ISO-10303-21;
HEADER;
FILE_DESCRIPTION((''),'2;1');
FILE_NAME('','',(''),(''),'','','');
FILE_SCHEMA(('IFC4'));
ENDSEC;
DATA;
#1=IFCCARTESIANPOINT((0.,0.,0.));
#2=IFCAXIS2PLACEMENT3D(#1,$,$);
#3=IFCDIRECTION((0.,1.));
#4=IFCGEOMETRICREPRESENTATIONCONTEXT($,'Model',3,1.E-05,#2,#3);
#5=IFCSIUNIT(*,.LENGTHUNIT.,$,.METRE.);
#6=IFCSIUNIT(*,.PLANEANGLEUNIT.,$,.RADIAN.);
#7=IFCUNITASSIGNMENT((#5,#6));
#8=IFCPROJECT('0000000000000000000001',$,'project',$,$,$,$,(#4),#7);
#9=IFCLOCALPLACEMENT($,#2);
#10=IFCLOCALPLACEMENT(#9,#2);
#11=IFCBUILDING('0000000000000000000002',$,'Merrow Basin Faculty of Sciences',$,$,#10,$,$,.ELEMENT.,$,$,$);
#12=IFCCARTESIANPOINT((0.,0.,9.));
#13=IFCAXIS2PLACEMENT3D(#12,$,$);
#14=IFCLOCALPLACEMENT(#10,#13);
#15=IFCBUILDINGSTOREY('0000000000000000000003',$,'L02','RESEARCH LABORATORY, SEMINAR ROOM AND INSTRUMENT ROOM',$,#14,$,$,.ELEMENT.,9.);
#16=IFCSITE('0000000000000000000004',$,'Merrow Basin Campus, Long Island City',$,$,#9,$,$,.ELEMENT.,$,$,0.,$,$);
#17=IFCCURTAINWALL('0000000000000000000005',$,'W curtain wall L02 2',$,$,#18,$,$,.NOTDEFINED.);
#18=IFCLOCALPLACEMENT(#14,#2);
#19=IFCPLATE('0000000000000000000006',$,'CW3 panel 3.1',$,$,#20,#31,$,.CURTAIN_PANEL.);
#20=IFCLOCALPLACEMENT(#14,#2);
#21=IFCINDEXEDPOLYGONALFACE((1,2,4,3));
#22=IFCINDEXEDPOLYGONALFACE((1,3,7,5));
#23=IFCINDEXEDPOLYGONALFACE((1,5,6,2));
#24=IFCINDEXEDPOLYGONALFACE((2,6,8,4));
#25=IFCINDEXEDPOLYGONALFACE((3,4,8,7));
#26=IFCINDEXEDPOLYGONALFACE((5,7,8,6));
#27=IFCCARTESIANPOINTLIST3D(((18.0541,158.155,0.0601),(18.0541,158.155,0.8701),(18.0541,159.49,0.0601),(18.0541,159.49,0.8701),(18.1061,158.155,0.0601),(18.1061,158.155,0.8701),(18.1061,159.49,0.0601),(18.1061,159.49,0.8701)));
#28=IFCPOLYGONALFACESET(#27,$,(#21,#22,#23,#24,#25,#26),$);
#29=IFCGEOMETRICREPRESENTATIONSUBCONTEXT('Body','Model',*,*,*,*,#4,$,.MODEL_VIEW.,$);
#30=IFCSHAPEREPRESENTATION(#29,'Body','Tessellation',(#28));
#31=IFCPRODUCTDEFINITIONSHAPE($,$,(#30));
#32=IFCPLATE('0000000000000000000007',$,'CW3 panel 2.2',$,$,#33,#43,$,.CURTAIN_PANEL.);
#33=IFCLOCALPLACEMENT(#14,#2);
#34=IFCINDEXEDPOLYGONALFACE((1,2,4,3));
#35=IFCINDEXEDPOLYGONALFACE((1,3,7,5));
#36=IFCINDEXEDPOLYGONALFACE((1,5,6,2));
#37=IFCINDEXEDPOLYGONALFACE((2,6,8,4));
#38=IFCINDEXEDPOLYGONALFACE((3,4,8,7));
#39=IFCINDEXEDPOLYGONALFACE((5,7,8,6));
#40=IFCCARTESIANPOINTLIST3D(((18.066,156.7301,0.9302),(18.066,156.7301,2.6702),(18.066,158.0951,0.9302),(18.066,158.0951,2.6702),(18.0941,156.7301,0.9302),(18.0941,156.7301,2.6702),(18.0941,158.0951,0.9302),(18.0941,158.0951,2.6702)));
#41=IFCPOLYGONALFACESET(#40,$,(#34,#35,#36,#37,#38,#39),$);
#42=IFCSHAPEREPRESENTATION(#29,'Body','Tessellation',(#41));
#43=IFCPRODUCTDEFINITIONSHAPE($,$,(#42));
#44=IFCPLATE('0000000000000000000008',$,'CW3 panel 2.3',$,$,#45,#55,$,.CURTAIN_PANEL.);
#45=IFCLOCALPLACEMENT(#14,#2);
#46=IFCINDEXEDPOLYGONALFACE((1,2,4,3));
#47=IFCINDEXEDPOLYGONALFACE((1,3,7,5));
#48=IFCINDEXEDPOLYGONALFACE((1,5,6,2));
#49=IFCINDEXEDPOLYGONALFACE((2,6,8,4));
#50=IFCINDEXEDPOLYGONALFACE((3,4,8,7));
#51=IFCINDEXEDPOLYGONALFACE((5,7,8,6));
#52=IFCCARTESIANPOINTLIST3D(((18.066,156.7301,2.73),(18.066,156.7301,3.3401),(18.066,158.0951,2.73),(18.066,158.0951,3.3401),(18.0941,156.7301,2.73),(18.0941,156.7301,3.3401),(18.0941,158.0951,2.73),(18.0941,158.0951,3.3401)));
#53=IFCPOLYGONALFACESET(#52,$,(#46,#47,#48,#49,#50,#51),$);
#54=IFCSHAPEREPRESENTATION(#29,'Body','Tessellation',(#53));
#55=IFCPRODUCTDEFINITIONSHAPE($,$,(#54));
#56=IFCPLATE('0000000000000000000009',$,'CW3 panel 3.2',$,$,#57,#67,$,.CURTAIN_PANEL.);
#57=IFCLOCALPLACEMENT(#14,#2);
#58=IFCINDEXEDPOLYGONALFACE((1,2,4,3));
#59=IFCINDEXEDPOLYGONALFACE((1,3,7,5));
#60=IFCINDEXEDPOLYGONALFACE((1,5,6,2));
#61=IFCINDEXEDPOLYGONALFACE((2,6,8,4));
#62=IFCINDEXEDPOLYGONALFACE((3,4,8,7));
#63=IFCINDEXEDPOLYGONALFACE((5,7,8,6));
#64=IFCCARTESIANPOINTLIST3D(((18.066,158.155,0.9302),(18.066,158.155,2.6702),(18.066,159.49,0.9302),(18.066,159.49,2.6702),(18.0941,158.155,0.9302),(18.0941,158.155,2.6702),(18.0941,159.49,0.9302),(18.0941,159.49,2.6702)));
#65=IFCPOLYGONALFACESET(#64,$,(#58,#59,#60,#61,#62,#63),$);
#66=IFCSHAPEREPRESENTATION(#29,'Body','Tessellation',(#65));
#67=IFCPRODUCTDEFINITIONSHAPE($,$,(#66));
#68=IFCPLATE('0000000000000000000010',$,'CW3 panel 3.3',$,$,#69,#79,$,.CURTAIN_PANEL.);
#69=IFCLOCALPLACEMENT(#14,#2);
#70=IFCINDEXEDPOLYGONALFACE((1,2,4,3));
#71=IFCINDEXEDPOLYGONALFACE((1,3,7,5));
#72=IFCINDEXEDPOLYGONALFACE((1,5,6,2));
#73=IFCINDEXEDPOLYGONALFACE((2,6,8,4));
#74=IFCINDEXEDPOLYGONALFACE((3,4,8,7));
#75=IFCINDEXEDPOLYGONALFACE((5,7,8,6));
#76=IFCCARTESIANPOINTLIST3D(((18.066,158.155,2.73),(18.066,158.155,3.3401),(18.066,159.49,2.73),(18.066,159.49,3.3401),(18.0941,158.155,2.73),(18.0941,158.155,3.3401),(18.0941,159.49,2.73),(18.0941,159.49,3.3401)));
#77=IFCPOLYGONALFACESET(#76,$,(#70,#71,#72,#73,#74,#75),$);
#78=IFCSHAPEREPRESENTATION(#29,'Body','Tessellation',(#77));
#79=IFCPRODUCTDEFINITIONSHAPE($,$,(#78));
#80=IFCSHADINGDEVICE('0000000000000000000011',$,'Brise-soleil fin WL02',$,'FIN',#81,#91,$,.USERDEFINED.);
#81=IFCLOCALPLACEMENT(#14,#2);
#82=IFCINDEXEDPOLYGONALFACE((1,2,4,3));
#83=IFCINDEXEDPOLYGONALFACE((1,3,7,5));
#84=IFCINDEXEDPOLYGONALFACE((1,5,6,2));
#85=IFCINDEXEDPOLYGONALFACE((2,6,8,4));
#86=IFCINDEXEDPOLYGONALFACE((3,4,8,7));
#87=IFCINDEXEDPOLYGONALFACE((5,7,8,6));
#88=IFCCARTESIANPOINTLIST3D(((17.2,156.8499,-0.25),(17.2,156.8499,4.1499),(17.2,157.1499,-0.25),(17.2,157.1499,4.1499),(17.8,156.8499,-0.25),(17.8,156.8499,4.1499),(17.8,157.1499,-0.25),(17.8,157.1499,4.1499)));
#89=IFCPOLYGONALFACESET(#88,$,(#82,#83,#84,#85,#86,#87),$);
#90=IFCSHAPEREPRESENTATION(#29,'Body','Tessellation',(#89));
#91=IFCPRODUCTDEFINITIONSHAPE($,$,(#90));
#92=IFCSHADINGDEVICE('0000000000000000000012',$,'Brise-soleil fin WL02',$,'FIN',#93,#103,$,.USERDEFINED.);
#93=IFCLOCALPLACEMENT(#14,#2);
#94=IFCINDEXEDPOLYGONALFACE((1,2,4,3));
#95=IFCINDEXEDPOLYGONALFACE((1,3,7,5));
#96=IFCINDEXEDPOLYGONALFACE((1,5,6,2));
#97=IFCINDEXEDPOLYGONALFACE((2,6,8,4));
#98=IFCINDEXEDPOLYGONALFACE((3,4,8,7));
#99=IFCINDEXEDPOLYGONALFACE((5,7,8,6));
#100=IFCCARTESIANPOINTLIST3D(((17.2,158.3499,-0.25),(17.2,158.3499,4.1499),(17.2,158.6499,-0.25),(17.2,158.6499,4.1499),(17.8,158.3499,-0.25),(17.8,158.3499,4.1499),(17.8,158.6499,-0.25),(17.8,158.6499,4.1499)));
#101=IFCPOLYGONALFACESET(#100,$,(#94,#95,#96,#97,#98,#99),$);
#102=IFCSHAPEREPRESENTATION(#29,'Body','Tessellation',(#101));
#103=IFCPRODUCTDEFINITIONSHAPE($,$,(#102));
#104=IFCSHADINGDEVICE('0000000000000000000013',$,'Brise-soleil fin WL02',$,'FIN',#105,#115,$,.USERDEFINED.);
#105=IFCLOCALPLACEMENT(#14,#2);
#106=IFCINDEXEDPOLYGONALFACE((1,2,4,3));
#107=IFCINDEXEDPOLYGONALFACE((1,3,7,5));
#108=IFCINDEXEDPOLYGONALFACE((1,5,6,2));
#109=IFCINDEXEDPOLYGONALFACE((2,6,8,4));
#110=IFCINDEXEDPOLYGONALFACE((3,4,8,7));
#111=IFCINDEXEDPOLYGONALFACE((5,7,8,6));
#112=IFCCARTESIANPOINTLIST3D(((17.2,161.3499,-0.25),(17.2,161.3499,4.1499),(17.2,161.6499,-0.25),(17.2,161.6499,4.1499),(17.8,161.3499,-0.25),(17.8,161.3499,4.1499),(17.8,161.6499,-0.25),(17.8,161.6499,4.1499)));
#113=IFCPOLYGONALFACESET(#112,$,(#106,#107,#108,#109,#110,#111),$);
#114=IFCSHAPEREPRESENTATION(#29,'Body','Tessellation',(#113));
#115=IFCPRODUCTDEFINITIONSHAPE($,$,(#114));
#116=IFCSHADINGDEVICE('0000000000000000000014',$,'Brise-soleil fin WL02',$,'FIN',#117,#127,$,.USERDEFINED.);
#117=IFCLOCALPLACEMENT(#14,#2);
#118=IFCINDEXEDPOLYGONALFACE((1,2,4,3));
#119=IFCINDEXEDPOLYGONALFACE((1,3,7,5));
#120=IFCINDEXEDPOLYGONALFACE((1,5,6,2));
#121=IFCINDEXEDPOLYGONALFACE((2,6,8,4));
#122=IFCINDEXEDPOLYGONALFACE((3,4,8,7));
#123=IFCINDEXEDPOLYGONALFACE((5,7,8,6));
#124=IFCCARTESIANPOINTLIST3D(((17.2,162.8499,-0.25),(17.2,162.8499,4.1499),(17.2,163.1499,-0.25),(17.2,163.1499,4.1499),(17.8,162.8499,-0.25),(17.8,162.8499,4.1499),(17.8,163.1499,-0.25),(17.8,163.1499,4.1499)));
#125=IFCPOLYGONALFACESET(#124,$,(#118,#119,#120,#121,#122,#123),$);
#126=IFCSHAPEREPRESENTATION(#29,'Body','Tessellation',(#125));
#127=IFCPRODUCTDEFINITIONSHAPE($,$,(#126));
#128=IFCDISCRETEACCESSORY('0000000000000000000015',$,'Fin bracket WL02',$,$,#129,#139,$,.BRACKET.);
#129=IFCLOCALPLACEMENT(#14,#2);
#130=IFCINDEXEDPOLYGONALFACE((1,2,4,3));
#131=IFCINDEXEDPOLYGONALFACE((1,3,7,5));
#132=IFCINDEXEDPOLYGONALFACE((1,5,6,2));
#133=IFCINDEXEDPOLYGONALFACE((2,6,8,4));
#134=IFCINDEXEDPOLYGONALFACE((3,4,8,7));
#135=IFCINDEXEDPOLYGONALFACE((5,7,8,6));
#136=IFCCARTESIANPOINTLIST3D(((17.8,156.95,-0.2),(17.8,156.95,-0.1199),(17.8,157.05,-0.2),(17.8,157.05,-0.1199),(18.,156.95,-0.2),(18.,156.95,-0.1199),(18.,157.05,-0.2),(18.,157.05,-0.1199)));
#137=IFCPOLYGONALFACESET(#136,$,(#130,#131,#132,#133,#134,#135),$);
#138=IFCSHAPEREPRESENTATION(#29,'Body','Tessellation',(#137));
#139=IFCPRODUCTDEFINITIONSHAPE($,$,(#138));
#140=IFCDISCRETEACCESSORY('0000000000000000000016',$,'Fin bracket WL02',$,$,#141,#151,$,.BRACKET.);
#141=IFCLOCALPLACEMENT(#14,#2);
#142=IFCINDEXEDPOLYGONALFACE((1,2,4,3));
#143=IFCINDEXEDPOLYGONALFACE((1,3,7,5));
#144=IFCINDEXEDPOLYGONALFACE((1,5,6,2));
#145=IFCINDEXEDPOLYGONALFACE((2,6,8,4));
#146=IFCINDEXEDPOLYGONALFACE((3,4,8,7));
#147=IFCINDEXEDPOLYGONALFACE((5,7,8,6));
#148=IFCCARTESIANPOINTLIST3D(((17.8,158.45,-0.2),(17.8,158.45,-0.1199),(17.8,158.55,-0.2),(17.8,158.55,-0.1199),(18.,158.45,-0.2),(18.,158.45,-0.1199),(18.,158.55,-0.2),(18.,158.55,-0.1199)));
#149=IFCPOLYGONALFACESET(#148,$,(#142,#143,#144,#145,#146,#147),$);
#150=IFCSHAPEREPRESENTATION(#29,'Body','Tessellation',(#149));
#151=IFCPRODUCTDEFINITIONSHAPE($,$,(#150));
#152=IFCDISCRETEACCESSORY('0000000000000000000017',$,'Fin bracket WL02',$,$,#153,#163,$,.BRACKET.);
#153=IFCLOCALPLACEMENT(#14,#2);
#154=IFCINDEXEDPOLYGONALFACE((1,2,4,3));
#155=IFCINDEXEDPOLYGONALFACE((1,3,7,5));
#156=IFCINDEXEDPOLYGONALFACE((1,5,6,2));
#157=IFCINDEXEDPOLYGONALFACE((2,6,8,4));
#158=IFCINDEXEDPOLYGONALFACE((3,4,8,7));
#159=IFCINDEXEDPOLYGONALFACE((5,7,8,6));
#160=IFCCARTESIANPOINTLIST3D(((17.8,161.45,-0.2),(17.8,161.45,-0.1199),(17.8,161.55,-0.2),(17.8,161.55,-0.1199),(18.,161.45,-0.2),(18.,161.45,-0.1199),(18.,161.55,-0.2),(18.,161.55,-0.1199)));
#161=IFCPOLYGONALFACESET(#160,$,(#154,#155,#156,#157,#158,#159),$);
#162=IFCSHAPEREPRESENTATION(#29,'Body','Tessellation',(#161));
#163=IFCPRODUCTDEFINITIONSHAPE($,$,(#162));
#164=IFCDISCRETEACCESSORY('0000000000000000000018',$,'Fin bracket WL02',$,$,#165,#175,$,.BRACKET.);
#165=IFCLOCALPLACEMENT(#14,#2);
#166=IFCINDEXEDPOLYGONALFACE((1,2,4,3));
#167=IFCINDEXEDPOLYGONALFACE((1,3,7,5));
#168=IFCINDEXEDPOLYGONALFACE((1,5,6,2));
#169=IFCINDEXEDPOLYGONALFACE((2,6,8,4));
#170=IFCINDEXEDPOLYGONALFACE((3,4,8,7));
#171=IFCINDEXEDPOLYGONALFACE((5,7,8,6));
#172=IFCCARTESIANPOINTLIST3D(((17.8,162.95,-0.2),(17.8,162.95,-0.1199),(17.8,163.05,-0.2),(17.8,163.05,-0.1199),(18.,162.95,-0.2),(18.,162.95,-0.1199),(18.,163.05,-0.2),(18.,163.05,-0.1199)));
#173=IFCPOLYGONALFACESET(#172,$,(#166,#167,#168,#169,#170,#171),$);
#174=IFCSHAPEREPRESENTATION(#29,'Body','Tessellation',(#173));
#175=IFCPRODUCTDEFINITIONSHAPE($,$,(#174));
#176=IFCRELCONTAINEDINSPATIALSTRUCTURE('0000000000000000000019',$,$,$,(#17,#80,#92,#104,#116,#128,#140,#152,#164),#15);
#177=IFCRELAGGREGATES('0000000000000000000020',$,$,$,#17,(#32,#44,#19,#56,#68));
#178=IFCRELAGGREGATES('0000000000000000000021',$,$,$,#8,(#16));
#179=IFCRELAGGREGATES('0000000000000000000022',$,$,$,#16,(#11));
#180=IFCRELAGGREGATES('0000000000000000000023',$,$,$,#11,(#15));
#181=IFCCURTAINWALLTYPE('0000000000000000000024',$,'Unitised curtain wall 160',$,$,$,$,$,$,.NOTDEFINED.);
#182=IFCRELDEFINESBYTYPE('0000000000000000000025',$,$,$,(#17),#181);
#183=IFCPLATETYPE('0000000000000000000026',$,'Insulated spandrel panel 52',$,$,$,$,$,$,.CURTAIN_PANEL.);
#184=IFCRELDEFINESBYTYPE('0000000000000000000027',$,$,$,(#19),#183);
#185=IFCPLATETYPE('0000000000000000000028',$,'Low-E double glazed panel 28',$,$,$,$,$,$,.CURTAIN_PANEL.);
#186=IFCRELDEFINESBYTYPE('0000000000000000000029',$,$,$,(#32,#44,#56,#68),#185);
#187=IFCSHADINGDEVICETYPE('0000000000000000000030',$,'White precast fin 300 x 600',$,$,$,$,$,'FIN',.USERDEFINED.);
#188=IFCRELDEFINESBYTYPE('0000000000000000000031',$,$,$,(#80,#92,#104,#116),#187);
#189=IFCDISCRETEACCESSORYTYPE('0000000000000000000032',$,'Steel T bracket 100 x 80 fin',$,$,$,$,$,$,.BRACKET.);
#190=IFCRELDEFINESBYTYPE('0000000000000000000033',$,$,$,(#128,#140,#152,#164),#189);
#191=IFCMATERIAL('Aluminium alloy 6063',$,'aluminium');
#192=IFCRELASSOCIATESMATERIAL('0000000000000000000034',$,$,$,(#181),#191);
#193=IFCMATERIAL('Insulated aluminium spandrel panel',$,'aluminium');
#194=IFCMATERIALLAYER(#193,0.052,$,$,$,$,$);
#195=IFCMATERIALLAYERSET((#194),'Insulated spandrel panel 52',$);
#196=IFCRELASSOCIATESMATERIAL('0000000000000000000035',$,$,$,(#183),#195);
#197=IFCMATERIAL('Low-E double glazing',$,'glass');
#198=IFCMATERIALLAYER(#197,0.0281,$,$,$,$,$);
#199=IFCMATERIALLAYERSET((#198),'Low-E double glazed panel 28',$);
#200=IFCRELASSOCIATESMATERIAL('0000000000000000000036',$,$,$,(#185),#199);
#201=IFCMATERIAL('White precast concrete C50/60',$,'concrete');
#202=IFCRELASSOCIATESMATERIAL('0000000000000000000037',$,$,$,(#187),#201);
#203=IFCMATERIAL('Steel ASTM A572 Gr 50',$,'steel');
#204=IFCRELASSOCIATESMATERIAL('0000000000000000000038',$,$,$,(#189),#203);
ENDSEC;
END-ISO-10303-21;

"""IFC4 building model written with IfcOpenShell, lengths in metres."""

from ifc_helpers import new_model, si_unit, direction, frame, origin, origin_2d, place, context, subcontext, project, spatial, polyline, rectangle, outline, extrude, source, transform, mapped, material, layer, layer_set, type_object, element, aggregate, save


model = new_model("IFC4")

# Units and contexts
model_context = context("Model", 3, precision=1e-05, world=origin(), true_north=direction((0.0, 1.0)))
body_context = subcontext(model_context, "Body", "Model", "MODEL_VIEW")
ifc_project = project(units=[si_unit("LENGTHUNIT", "METRE"), si_unit("PLANEANGLEUNIT", "RADIAN")], contexts=[model_context])

# Site, building, storey
site_placement = place(None, origin())
site = spatial("IfcSite", under=ifc_project, at=site_placement, Name="Merrow Basin Campus, Long Island City", CompositionType="ELEMENT", RefElevation=0.0)
building_placement = place(site_placement, origin())
building = spatial("IfcBuilding", under=site, at=building_placement, Name="Merrow Basin Faculty of Sciences", CompositionType="ELEMENT")
storey_placement = place(building_placement, frame((0.0, 0.0, 9.0)))
storey = spatial("IfcBuildingStorey", under=building, at=storey_placement, Name="L02", Description="RESEARCH LABORATORY, SEMINAR ROOM AND INSTRUMENT ROOM", CompositionType="ELEMENT", Elevation=9.0)

# Curtain wall
ifc_material_1 = material(Name="Aluminium alloy 6063", Category="aluminium")
curtain_wall_type = type_object("IfcCurtainWallType", Name="Unitised curtain wall 160", PredefinedType="NOTDEFINED", material=ifc_material_1)
curtain_wall_1_placement = place(storey_placement, origin())
curtain_wall_1 = element("IfcCurtainWall", 1, at=curtain_wall_1_placement, inside=storey, type_object=curtain_wall_type, Name="W curtain wall L02 2", PredefinedType="NOTDEFINED")

# Plates
ifc_material_2 = material(Name="Insulated aluminium spandrel panel", Category="aluminium")
ifc_layer_1 = layer(ifc_material_2, 0.052)
ifc_layer_set_1 = layer_set([ifc_layer_1], Name="Insulated spandrel panel 52")
plate_type_1 = type_object("IfcPlateType", Name="Insulated spandrel panel 52", PredefinedType="CURTAIN_PANEL", material=ifc_layer_set_1)
plate_1_placement = place(storey_placement, frame((18.0801, 158.8225, 0.0601), z_axis=(0.0, 0.0, 1.0), x_axis=(0.0, 1.0, 0.0)))
plate_1 = element("IfcPlate", 2, at=plate_1_placement, type_object=plate_type_1, Name="CW3 panel 3.1", PredefinedType="CURTAIN_PANEL", context=body_context, shape_type="SweptSolid", body=[
    extrude(rectangle(XDim=1.335, YDim=0.052, at=origin_2d()), origin(), (0.0, 0.0, 1.0), 0.8101),
])
ifc_material_3 = material(Name="Low-E double glazing", Category="glass")
ifc_layer_2 = layer(ifc_material_3, 0.0281)
ifc_layer_set_2 = layer_set([ifc_layer_2], Name="Low-E double glazed panel 28")
plate_type_2 = type_object("IfcPlateType", Name="Low-E double glazed panel 28", PredefinedType="CURTAIN_PANEL", material=ifc_layer_set_2)
plate_2_placement = place(storey_placement, frame((18.0801, 157.4126, 0.9302), z_axis=(0.0, 0.0, 1.0), x_axis=(0.0, 1.0, 0.0)))
plate_2 = element("IfcPlate", 3, at=plate_2_placement, type_object=plate_type_2, Name="CW3 panel 2.2", PredefinedType="CURTAIN_PANEL", context=body_context, shape_type="SweptSolid", body=[
    extrude(rectangle(XDim=1.365, YDim=0.0281, at=origin_2d()), origin(), (0.0, 0.0, 1.0), 1.74),
])
plate_3_placement = place(storey_placement, frame((18.0801, 157.4126, 2.73), z_axis=(0.0, 0.0, 1.0), x_axis=(0.0, 1.0, 0.0)))
plate_3 = element("IfcPlate", 4, at=plate_3_placement, type_object=plate_type_2, Name="CW3 panel 2.3", PredefinedType="CURTAIN_PANEL", context=body_context, shape_type="SweptSolid", body=[
    extrude(rectangle(XDim=1.365, YDim=0.0281, at=origin_2d()), origin(), (0.0, 0.0, 1.0), 0.6101),
])
plate_4_placement = place(storey_placement, frame((18.0801, 158.8225, 0.9302), z_axis=(0.0, 0.0, 1.0), x_axis=(0.0, 1.0, 0.0)))
plate_4 = element("IfcPlate", 5, at=plate_4_placement, type_object=plate_type_2, Name="CW3 panel 3.2", PredefinedType="CURTAIN_PANEL", context=body_context, shape_type="SweptSolid", body=[
    extrude(rectangle(XDim=1.335, YDim=0.0281, at=origin_2d()), origin(), (0.0, 0.0, 1.0), 1.74),
])
plate_5_placement = place(storey_placement, frame((18.0801, 158.8225, 2.73), z_axis=(0.0, 0.0, 1.0), x_axis=(0.0, 1.0, 0.0)))
plate_5 = element("IfcPlate", 6, at=plate_5_placement, type_object=plate_type_2, Name="CW3 panel 3.3", PredefinedType="CURTAIN_PANEL", context=body_context, shape_type="SweptSolid", body=[
    extrude(rectangle(XDim=1.335, YDim=0.0281, at=origin_2d()), origin(), (0.0, 0.0, 1.0), 0.6101),
])
aggregate(curtain_wall_1, [plate_2, plate_3, plate_1, plate_4, plate_5])

# Shading devices
ifc_material_4 = material(Name="White precast concrete C50/60", Category="concrete")
shading_device_type = type_object("IfcShadingDeviceType", Name="White precast fin 300 x 600", ElementType="FIN", PredefinedType="USERDEFINED", material=ifc_material_4)
shared_shape_1 = source(origin(), body_context, "Body", "SweptSolid", [
    extrude(outline(polyline([(0.0, 0.0), (0.3, 0.0), (0.3, 4.3999), (0.0, 4.3999), (0.0, 0.0)])), origin(), (0.0, 0.0, 1.0), 0.6001),
])
for number, where, z_axis, x_axis, name in (
    (7, (17.8, 157.1499, -0.25), (-1.0, 0.0, 0.0), (0.0, -1.0, 0.0), "Brise-soleil fin WL02"),
    (8, (17.8, 158.6499, -0.25), (-1.0, 0.0, 0.0), (0.0, -1.0, 0.0), "Brise-soleil fin WL02"),
    (9, (17.8, 161.6499, -0.25), (-1.0, 0.0, 0.0), (0.0, -1.0, 0.0), "Brise-soleil fin WL02"),
    (10, (17.8, 163.1499, -0.25), (-1.0, 0.0, 0.0), (0.0, -1.0, 0.0), "Brise-soleil fin WL02"),
):
    element("IfcShadingDevice", number, at=place(storey_placement, frame(where, z_axis=z_axis, x_axis=x_axis)), inside=storey, type_object=shading_device_type, Name=name, ObjectType="FIN", PredefinedType="USERDEFINED", context=body_context, shape_type="MappedRepresentation", body=[
        mapped(shared_shape_1, transform((0.0, 0.0, 0.0), scale=1.0)),
    ])

# Discrete accessories
ifc_material_5 = material(Name="Steel ASTM A572 Gr 50", Category="steel")
discrete_accessory_type = type_object("IfcDiscreteAccessoryType", Name="Steel T bracket 100 x 80 fin", PredefinedType="BRACKET", material=ifc_material_5)
shared_shape_2 = source(origin(), body_context, "Body", "SweptSolid", [
    extrude(outline(polyline([(0.0, 0.0), (0.1001, 0.0), (0.1001, 0.0801), (0.0, 0.0801), (0.0, 0.0)])), origin(), (0.0, 0.0, 1.0), 0.2),
])
for number, where, z_axis, x_axis, name in (
    (11, (18.0, 157.05, -0.2), (-1.0, 0.0, 0.0), (0.0, -1.0, 0.0), "Fin bracket WL02"),
    (12, (18.0, 158.55, -0.2), (-1.0, 0.0, 0.0), (0.0, -1.0, 0.0), "Fin bracket WL02"),
    (13, (18.0, 161.55, -0.2), (-1.0, 0.0, 0.0), (0.0, -1.0, 0.0), "Fin bracket WL02"),
    (14, (18.0, 163.05, -0.2), (-1.0, 0.0, 0.0), (0.0, -1.0, 0.0), "Fin bracket WL02"),
):
    element("IfcDiscreteAccessory", number, at=place(storey_placement, frame(where, z_axis=z_axis, x_axis=x_axis)), inside=storey, type_object=discrete_accessory_type, Name=name, PredefinedType="BRACKET", context=body_context, shape_type="MappedRepresentation", body=[
        mapped(shared_shape_2, transform((0.0, 0.0, 0.0), scale=1.0)),
    ])

save(model, "model.ifc")
